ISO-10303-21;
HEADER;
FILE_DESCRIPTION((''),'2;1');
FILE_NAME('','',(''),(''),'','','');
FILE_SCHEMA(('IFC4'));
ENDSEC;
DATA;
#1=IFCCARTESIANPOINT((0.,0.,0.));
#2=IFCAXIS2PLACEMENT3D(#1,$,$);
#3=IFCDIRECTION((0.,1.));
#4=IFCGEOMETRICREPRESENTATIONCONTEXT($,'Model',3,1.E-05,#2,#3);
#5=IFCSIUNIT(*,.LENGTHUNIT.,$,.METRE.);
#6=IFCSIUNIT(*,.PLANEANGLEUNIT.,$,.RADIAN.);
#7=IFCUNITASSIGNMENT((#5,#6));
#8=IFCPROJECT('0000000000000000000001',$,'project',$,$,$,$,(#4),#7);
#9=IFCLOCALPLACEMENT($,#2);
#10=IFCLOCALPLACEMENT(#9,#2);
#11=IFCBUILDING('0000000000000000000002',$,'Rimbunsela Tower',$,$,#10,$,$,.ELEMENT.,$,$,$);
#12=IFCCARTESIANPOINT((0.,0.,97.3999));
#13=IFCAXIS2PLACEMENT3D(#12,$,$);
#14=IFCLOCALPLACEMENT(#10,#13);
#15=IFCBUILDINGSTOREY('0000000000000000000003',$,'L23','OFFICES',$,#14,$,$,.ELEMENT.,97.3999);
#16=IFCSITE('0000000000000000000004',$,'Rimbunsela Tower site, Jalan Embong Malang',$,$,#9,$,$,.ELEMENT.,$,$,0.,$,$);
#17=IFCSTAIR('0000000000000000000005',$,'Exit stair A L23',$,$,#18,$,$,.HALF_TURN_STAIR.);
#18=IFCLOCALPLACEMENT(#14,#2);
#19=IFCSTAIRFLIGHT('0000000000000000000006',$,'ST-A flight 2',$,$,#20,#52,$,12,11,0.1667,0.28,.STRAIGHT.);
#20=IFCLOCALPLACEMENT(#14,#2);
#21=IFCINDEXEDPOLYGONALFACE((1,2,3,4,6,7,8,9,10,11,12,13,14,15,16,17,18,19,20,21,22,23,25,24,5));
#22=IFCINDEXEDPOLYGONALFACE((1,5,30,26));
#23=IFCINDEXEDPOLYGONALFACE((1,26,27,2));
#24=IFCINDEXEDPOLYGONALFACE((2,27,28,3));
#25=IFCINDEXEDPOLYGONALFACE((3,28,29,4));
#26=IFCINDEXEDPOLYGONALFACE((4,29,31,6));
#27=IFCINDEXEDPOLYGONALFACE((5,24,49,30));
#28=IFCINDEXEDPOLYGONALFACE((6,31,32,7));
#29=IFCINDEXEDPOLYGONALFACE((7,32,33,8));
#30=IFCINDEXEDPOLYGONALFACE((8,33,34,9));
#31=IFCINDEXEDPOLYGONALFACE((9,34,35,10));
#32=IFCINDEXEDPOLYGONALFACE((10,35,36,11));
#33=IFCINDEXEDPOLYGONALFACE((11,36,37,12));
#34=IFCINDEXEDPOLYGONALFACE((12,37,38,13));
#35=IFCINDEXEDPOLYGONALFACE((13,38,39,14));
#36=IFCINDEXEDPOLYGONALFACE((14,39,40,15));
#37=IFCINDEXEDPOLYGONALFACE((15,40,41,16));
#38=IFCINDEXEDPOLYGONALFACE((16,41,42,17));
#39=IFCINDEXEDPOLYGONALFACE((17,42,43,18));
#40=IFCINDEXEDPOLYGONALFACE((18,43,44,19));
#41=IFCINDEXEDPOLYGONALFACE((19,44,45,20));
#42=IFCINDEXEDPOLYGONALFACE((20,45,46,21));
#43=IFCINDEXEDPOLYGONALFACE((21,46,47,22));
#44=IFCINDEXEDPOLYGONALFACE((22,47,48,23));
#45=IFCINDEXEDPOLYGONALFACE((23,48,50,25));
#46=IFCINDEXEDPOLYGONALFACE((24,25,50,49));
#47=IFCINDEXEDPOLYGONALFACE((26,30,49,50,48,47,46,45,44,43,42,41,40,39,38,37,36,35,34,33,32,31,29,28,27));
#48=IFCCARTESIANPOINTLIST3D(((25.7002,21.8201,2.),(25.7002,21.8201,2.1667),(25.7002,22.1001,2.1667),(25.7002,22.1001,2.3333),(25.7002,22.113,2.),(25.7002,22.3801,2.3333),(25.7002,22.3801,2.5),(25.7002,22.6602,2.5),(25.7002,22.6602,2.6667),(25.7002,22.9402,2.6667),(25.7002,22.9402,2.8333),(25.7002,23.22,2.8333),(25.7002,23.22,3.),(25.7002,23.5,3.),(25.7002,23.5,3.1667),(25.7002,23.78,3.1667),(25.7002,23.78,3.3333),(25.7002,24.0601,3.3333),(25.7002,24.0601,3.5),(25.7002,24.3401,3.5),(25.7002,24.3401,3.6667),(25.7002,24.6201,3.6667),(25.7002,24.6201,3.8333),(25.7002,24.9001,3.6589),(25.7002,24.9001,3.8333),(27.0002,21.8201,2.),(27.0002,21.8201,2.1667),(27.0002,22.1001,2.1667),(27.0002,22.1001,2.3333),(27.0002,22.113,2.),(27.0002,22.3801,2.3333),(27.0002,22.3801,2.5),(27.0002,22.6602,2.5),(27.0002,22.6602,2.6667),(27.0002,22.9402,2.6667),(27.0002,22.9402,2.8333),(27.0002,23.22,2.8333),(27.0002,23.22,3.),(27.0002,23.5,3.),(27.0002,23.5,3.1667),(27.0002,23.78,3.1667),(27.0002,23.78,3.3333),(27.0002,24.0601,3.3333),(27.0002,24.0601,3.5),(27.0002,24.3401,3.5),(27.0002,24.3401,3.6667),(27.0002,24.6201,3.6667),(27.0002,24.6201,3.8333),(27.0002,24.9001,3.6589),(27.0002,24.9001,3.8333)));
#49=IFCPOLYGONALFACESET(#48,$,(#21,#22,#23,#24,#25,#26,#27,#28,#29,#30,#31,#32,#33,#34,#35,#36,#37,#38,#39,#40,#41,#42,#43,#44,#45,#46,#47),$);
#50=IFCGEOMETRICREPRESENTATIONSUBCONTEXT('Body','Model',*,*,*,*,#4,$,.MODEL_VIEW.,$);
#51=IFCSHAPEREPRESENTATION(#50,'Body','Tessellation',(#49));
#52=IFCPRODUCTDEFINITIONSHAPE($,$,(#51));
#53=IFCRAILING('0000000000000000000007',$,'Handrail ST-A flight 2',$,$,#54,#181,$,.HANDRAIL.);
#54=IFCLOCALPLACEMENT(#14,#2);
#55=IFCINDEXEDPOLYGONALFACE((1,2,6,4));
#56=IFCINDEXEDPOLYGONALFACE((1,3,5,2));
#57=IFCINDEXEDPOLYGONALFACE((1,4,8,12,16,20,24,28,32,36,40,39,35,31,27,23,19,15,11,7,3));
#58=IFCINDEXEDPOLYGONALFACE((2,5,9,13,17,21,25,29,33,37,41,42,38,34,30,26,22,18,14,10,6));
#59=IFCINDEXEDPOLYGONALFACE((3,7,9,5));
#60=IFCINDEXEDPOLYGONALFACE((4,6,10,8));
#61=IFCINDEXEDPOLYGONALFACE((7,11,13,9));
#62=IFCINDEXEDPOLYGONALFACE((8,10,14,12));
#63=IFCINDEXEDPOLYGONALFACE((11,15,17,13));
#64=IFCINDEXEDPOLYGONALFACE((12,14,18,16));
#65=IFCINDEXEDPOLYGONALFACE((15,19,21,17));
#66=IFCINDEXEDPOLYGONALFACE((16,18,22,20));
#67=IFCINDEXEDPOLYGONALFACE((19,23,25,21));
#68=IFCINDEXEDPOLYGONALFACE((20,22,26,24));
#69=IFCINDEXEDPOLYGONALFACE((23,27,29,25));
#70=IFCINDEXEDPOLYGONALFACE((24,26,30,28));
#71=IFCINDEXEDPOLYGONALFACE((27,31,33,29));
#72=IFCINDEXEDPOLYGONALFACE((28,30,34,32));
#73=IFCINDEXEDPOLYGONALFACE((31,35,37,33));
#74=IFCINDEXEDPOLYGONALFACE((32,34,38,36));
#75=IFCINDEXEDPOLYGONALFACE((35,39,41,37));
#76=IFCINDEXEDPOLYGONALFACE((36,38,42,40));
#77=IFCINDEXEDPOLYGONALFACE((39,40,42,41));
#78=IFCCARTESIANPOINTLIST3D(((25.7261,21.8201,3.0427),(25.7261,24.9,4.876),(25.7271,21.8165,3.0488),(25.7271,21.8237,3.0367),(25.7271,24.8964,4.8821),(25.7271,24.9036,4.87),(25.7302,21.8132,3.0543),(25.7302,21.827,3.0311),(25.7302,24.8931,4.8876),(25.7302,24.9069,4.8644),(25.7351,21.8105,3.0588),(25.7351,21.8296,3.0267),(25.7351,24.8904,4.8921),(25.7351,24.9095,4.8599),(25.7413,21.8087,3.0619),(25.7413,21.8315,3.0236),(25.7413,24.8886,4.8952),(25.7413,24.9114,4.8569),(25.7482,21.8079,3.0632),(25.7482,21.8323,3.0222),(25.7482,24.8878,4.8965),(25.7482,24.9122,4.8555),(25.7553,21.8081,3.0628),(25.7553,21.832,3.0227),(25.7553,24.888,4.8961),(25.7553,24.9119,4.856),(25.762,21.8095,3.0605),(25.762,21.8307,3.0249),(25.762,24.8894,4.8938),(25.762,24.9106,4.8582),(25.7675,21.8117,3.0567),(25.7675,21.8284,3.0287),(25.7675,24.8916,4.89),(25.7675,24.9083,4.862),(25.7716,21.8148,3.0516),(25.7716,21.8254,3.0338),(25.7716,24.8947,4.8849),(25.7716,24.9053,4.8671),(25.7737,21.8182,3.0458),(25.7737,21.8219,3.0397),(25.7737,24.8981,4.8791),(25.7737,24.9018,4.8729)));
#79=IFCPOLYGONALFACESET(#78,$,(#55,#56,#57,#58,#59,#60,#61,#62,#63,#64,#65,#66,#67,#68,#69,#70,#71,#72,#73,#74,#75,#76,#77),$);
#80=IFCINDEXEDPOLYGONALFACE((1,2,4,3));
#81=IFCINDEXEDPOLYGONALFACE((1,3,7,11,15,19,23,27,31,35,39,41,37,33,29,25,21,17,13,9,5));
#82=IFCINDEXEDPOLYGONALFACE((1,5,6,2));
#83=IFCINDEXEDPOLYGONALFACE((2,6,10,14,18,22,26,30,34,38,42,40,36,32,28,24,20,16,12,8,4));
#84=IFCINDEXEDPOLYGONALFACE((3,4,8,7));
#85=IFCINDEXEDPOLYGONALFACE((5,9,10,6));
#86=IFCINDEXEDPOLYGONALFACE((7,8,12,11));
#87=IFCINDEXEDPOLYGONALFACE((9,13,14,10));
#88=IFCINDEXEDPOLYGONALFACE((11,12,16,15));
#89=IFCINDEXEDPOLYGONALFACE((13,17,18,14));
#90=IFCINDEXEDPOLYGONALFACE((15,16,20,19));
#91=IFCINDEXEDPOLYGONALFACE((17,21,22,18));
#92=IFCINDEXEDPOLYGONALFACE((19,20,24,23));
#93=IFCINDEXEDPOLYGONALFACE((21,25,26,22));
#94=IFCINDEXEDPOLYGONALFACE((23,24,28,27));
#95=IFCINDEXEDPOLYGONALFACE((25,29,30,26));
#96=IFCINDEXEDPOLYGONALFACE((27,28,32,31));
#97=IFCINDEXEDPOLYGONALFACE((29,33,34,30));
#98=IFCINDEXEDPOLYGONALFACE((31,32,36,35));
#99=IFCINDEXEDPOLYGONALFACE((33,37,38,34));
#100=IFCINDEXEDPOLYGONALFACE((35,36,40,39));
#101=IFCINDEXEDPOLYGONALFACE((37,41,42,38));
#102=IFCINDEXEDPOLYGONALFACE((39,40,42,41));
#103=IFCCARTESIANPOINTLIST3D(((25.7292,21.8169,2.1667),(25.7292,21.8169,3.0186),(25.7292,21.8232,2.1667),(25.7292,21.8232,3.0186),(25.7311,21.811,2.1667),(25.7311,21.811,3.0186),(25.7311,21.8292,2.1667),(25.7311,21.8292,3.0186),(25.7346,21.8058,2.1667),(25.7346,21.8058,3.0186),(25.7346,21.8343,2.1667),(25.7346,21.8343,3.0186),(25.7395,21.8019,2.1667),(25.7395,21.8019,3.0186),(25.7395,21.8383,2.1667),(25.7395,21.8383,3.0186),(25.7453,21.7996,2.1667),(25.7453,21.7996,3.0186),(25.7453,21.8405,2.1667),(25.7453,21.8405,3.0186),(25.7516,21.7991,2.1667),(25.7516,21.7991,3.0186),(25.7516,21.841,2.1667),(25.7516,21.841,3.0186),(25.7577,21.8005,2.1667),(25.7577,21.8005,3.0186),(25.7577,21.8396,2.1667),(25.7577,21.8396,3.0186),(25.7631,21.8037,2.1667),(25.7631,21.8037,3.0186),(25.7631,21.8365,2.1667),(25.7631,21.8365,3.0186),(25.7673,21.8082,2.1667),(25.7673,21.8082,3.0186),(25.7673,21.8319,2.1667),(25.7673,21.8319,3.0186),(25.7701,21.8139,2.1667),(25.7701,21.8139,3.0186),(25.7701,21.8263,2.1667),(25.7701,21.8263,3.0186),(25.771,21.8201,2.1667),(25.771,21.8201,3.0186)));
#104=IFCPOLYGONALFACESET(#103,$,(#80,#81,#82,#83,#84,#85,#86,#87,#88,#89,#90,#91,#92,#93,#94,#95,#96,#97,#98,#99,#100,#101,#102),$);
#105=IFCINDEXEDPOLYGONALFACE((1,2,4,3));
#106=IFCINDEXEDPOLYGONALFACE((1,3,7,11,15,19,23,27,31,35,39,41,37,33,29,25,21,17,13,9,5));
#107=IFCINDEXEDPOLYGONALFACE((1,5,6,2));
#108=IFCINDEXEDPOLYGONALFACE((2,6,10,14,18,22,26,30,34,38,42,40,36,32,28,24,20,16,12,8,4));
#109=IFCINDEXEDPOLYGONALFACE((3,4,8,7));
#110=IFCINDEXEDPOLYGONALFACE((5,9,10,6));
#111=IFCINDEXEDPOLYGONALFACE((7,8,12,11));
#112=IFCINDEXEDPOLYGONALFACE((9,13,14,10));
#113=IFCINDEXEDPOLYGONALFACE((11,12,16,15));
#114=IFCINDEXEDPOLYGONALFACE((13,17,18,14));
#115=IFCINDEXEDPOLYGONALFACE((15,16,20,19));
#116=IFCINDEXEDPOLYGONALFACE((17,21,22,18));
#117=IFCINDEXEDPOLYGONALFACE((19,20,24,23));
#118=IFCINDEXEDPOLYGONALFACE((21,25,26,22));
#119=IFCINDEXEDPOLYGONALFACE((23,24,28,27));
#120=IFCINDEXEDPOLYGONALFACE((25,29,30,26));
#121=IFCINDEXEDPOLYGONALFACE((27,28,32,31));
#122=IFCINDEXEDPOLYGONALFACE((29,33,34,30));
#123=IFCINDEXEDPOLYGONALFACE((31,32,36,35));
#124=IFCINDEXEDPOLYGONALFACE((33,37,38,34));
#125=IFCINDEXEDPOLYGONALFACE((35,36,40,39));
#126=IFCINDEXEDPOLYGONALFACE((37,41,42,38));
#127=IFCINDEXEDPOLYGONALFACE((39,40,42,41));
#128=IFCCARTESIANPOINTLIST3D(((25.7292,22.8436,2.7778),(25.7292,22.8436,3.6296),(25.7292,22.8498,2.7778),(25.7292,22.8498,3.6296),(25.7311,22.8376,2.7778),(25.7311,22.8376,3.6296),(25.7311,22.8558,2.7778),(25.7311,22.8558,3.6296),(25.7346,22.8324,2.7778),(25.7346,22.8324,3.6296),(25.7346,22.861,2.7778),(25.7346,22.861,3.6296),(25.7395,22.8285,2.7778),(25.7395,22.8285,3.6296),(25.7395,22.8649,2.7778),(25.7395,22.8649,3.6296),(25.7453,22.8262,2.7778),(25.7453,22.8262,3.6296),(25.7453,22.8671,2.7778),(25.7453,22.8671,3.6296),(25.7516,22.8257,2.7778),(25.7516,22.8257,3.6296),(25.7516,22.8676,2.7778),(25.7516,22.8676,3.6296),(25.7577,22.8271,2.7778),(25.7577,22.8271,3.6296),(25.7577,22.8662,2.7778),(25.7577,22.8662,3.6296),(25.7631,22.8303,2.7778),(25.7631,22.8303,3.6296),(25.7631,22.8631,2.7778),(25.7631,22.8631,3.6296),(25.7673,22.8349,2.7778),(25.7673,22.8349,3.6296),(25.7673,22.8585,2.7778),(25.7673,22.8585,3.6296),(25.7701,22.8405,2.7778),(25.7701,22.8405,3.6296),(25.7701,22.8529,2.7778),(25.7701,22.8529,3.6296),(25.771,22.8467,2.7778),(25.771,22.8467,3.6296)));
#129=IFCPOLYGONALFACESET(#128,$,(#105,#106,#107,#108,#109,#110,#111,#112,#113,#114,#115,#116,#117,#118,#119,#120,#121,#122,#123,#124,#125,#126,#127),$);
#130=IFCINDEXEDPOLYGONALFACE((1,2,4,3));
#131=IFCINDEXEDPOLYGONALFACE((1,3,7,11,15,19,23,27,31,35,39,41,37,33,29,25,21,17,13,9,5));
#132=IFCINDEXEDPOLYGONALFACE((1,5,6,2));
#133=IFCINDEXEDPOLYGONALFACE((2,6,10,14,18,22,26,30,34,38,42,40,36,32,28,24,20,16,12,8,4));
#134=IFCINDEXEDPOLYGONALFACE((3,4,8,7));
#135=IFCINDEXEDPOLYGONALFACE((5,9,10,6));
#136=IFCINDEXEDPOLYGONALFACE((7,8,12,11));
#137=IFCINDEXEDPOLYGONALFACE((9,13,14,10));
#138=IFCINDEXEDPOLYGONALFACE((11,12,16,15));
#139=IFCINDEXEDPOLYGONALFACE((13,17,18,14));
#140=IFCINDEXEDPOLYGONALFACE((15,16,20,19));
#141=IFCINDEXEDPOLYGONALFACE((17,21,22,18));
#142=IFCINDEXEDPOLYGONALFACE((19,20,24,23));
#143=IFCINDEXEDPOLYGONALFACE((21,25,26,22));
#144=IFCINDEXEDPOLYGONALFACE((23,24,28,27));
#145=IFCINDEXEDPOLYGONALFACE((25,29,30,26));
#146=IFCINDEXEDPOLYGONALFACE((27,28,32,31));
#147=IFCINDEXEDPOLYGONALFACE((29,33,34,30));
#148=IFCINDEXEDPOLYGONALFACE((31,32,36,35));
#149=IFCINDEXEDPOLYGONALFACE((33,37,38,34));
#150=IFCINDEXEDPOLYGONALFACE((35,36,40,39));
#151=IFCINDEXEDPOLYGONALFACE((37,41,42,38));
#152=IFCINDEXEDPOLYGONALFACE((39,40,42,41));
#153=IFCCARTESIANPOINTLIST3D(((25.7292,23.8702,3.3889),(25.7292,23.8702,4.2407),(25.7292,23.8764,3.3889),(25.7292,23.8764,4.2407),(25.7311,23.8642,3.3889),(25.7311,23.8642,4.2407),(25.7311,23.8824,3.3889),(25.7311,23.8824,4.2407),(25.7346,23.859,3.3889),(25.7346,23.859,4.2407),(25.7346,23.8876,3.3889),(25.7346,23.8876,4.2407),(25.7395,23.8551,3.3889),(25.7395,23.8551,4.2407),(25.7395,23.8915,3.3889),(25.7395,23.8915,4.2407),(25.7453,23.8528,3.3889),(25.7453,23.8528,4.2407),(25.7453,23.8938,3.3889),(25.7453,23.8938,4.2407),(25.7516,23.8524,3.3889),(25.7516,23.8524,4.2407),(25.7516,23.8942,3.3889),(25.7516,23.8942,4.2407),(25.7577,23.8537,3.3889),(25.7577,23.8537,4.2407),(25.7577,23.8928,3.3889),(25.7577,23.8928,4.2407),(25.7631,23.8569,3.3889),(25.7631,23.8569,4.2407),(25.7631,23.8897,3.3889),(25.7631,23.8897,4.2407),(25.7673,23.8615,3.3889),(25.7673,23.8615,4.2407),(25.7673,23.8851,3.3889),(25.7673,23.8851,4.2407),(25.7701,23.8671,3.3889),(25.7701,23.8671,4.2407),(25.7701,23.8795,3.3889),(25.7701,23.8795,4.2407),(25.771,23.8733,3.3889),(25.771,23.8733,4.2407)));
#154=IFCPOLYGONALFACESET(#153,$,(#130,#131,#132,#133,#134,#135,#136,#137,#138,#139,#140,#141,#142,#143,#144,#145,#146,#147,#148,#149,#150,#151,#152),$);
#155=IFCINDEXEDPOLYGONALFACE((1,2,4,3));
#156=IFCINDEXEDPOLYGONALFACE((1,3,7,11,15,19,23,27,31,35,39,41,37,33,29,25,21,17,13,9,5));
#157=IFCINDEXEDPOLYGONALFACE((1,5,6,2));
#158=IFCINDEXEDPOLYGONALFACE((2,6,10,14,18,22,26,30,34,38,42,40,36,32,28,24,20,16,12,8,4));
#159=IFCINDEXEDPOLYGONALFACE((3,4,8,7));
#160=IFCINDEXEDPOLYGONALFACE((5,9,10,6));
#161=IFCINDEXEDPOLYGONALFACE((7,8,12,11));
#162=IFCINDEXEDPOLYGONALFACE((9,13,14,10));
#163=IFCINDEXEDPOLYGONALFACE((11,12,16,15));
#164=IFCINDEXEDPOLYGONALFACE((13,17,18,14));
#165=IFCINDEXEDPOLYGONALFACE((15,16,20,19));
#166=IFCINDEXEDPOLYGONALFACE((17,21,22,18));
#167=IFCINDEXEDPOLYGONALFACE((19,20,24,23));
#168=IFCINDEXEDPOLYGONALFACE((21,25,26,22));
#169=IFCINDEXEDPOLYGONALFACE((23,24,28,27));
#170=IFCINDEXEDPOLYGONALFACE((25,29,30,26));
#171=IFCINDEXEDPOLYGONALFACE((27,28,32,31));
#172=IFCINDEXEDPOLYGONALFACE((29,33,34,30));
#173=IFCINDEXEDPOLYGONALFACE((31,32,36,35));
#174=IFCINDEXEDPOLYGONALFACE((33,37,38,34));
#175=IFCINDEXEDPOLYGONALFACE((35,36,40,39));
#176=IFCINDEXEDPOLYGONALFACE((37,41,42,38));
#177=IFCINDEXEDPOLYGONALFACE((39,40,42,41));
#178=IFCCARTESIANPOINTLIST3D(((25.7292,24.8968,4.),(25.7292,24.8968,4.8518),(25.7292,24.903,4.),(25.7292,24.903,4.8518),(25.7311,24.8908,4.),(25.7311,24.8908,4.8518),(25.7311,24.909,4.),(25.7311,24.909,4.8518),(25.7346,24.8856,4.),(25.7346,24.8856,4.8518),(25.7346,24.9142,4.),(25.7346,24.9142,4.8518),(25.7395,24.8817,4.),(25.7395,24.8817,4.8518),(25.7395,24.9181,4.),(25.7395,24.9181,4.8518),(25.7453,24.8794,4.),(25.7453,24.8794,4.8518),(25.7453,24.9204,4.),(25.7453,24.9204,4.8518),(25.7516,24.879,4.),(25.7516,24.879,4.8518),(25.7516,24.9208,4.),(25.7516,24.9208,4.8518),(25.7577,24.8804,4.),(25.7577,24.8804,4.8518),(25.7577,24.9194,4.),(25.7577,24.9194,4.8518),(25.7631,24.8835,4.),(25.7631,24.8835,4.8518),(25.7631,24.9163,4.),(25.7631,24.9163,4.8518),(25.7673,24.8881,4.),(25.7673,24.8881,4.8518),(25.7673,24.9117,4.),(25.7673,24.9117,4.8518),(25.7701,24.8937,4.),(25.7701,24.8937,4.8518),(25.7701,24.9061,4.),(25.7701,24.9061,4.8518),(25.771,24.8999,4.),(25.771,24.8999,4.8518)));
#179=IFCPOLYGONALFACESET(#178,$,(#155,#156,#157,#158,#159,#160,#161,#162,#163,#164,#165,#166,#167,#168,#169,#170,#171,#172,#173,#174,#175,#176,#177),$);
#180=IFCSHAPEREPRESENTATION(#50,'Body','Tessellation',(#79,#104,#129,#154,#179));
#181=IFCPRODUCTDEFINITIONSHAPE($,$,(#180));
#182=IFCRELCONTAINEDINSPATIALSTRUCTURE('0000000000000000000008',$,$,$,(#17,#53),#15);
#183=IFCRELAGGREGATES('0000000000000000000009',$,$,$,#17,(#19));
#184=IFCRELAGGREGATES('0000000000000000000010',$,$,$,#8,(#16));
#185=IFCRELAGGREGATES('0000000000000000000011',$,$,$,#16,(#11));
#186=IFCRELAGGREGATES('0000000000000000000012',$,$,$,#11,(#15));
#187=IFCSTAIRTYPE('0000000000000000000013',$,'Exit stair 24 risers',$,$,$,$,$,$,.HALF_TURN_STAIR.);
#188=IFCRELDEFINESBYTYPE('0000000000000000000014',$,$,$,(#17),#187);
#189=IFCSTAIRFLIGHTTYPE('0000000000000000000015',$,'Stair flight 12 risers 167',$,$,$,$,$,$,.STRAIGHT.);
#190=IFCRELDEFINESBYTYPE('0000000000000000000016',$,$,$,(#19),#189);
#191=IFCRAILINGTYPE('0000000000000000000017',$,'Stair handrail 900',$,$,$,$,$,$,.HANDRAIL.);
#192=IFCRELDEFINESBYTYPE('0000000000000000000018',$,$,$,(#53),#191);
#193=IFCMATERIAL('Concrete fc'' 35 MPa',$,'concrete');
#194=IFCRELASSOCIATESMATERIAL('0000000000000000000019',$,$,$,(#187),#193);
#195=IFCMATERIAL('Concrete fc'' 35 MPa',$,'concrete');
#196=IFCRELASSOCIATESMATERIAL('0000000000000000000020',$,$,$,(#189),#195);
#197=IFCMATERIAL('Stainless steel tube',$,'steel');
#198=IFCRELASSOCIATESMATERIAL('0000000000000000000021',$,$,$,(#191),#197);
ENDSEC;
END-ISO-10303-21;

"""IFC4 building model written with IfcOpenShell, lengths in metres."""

from ifc_helpers import new_model, si_unit, direction, frame, origin, origin_2d, place, context, subcontext, project, spatial, polyline, circle, outline, extrude, material, type_object, element, aggregate, save


model = new_model("IFC4")

# Units and contexts
model_context = context("Model", 3, precision=1e-05, world=origin(), true_north=direction((0.0, 1.0)))
body_context = subcontext(model_context, "Body", "Model", "MODEL_VIEW")
ifc_project = project(units=[si_unit("LENGTHUNIT", "METRE"), si_unit("PLANEANGLEUNIT", "RADIAN")], contexts=[model_context])

# Site, building, storey
site_placement = place(None, origin())
site = spatial("IfcSite", under=ifc_project, at=site_placement, Name="Rimbunsela Tower site, Jalan Embong Malang", CompositionType="ELEMENT", RefElevation=0.0)
building_placement = place(site_placement, origin())
building = spatial("IfcBuilding", under=site, at=building_placement, Name="Rimbunsela Tower", CompositionType="ELEMENT")
storey_placement = place(building_placement, frame((0.0, 0.0, 97.3999)))
storey = spatial("IfcBuildingStorey", under=building, at=storey_placement, Name="L23", Description="OFFICES", CompositionType="ELEMENT", Elevation=97.3999)

# Stair, stair flight
ifc_material_1 = material(Name="Concrete fc' 35 MPa", Category="concrete")
stair_type = type_object("IfcStairType", Name="Exit stair 24 risers", PredefinedType="HALF_TURN_STAIR", material=ifc_material_1)
stair_placement = place(storey_placement, origin())
stair = element("IfcStair", 1, at=stair_placement, inside=storey, type_object=stair_type, Name="Exit stair A L23", PredefinedType="HALF_TURN_STAIR")
ifc_material_2 = material(Name="Concrete fc' 35 MPa", Category="concrete")
stair_flight_type = type_object("IfcStairFlightType", Name="Stair flight 12 risers 167", PredefinedType="STRAIGHT", material=ifc_material_2)
stair_flight_placement = place(storey_placement, frame((26.3501, 21.8201, 2.0), z_axis=(0.0, 0.0, 1.0), x_axis=(0.0, 1.0, 0.0)))
stair_flight = element("IfcStairFlight", 2, at=stair_flight_placement, type_object=stair_flight_type, Name="ST-A flight 2", NumberOfRisers=12, NumberOfTreads=11, PredefinedType="STRAIGHT", RiserHeight=0.1667, TreadLength=0.28, context=body_context, shape_type="SweptSolid", body=[
    extrude(outline(polyline([(0.0, 0.0), (0.0, 0.1667), (0.28, 0.1667), (0.28, 0.3333), (0.5601, 0.3333), (0.5601, 0.5), (0.8401, 0.5), (0.8401, 0.6667), (1.1201, 0.6667), (1.1201, 0.8333), (1.3999, 0.8333), (1.3999, 1.0), (1.6799, 1.0), (1.6799, 1.1667), (1.96, 1.1667), (1.96, 1.3333), (2.24, 1.3333), (2.24, 1.5), (2.52, 1.5), (2.52, 1.6667), (2.8, 1.6667), (2.8, 1.8333), (3.0801, 1.8333), (3.0801, 2.0), (3.0801, 1.6589), (0.293, 0.0), (0.0, 0.0)])), frame((0.0, 0.6499, 0.0), z_axis=(0.0, -1.0, 0.0), x_axis=(1.0, 0.0, 0.0)), (0.0, 0.0, 1.0), 1.3),
])
aggregate(stair, [stair_flight])

# Railing
ifc_material_3 = material(Name="Stainless steel tube", Category="steel")
railing_type = type_object("IfcRailingType", Name="Stair handrail 900", PredefinedType="HANDRAIL", material=ifc_material_3)
railing_placement = place(storey_placement, frame((25.75, 21.8201, 2.1667)))
element("IfcRailing", 3, at=railing_placement, inside=storey, type_object=railing_type, Name="Handrail ST-A flight 2", PredefinedType="HANDRAIL", context=body_context, shape_type="SweptSolid", body=[
    extrude(circle(Radius=0.0239, at=origin_2d()), frame((0.0, 0.0, 0.876), z_axis=(0.0, 0.859291, 0.511487), x_axis=(-1.0, 0.0, 0.0)), (0.0, 0.0, 1.0), 3.5842),
    extrude(circle(Radius=0.021, at=origin_2d()), origin(), (0.0, 0.0, 1.0), 0.8518),
    extrude(circle(Radius=0.021, at=origin_2d()), frame((0.0, 1.0266, 0.6111)), (0.0, 0.0, 1.0), 0.8518),
    extrude(circle(Radius=0.021, at=origin_2d()), frame((0.0, 2.0532, 1.2222)), (0.0, 0.0, 1.0), 0.8518),
    extrude(circle(Radius=0.021, at=origin_2d()), frame((0.0, 3.0798, 1.8333)), (0.0, 0.0, 1.0), 0.8518),
])

save(model, "model.ifc")
